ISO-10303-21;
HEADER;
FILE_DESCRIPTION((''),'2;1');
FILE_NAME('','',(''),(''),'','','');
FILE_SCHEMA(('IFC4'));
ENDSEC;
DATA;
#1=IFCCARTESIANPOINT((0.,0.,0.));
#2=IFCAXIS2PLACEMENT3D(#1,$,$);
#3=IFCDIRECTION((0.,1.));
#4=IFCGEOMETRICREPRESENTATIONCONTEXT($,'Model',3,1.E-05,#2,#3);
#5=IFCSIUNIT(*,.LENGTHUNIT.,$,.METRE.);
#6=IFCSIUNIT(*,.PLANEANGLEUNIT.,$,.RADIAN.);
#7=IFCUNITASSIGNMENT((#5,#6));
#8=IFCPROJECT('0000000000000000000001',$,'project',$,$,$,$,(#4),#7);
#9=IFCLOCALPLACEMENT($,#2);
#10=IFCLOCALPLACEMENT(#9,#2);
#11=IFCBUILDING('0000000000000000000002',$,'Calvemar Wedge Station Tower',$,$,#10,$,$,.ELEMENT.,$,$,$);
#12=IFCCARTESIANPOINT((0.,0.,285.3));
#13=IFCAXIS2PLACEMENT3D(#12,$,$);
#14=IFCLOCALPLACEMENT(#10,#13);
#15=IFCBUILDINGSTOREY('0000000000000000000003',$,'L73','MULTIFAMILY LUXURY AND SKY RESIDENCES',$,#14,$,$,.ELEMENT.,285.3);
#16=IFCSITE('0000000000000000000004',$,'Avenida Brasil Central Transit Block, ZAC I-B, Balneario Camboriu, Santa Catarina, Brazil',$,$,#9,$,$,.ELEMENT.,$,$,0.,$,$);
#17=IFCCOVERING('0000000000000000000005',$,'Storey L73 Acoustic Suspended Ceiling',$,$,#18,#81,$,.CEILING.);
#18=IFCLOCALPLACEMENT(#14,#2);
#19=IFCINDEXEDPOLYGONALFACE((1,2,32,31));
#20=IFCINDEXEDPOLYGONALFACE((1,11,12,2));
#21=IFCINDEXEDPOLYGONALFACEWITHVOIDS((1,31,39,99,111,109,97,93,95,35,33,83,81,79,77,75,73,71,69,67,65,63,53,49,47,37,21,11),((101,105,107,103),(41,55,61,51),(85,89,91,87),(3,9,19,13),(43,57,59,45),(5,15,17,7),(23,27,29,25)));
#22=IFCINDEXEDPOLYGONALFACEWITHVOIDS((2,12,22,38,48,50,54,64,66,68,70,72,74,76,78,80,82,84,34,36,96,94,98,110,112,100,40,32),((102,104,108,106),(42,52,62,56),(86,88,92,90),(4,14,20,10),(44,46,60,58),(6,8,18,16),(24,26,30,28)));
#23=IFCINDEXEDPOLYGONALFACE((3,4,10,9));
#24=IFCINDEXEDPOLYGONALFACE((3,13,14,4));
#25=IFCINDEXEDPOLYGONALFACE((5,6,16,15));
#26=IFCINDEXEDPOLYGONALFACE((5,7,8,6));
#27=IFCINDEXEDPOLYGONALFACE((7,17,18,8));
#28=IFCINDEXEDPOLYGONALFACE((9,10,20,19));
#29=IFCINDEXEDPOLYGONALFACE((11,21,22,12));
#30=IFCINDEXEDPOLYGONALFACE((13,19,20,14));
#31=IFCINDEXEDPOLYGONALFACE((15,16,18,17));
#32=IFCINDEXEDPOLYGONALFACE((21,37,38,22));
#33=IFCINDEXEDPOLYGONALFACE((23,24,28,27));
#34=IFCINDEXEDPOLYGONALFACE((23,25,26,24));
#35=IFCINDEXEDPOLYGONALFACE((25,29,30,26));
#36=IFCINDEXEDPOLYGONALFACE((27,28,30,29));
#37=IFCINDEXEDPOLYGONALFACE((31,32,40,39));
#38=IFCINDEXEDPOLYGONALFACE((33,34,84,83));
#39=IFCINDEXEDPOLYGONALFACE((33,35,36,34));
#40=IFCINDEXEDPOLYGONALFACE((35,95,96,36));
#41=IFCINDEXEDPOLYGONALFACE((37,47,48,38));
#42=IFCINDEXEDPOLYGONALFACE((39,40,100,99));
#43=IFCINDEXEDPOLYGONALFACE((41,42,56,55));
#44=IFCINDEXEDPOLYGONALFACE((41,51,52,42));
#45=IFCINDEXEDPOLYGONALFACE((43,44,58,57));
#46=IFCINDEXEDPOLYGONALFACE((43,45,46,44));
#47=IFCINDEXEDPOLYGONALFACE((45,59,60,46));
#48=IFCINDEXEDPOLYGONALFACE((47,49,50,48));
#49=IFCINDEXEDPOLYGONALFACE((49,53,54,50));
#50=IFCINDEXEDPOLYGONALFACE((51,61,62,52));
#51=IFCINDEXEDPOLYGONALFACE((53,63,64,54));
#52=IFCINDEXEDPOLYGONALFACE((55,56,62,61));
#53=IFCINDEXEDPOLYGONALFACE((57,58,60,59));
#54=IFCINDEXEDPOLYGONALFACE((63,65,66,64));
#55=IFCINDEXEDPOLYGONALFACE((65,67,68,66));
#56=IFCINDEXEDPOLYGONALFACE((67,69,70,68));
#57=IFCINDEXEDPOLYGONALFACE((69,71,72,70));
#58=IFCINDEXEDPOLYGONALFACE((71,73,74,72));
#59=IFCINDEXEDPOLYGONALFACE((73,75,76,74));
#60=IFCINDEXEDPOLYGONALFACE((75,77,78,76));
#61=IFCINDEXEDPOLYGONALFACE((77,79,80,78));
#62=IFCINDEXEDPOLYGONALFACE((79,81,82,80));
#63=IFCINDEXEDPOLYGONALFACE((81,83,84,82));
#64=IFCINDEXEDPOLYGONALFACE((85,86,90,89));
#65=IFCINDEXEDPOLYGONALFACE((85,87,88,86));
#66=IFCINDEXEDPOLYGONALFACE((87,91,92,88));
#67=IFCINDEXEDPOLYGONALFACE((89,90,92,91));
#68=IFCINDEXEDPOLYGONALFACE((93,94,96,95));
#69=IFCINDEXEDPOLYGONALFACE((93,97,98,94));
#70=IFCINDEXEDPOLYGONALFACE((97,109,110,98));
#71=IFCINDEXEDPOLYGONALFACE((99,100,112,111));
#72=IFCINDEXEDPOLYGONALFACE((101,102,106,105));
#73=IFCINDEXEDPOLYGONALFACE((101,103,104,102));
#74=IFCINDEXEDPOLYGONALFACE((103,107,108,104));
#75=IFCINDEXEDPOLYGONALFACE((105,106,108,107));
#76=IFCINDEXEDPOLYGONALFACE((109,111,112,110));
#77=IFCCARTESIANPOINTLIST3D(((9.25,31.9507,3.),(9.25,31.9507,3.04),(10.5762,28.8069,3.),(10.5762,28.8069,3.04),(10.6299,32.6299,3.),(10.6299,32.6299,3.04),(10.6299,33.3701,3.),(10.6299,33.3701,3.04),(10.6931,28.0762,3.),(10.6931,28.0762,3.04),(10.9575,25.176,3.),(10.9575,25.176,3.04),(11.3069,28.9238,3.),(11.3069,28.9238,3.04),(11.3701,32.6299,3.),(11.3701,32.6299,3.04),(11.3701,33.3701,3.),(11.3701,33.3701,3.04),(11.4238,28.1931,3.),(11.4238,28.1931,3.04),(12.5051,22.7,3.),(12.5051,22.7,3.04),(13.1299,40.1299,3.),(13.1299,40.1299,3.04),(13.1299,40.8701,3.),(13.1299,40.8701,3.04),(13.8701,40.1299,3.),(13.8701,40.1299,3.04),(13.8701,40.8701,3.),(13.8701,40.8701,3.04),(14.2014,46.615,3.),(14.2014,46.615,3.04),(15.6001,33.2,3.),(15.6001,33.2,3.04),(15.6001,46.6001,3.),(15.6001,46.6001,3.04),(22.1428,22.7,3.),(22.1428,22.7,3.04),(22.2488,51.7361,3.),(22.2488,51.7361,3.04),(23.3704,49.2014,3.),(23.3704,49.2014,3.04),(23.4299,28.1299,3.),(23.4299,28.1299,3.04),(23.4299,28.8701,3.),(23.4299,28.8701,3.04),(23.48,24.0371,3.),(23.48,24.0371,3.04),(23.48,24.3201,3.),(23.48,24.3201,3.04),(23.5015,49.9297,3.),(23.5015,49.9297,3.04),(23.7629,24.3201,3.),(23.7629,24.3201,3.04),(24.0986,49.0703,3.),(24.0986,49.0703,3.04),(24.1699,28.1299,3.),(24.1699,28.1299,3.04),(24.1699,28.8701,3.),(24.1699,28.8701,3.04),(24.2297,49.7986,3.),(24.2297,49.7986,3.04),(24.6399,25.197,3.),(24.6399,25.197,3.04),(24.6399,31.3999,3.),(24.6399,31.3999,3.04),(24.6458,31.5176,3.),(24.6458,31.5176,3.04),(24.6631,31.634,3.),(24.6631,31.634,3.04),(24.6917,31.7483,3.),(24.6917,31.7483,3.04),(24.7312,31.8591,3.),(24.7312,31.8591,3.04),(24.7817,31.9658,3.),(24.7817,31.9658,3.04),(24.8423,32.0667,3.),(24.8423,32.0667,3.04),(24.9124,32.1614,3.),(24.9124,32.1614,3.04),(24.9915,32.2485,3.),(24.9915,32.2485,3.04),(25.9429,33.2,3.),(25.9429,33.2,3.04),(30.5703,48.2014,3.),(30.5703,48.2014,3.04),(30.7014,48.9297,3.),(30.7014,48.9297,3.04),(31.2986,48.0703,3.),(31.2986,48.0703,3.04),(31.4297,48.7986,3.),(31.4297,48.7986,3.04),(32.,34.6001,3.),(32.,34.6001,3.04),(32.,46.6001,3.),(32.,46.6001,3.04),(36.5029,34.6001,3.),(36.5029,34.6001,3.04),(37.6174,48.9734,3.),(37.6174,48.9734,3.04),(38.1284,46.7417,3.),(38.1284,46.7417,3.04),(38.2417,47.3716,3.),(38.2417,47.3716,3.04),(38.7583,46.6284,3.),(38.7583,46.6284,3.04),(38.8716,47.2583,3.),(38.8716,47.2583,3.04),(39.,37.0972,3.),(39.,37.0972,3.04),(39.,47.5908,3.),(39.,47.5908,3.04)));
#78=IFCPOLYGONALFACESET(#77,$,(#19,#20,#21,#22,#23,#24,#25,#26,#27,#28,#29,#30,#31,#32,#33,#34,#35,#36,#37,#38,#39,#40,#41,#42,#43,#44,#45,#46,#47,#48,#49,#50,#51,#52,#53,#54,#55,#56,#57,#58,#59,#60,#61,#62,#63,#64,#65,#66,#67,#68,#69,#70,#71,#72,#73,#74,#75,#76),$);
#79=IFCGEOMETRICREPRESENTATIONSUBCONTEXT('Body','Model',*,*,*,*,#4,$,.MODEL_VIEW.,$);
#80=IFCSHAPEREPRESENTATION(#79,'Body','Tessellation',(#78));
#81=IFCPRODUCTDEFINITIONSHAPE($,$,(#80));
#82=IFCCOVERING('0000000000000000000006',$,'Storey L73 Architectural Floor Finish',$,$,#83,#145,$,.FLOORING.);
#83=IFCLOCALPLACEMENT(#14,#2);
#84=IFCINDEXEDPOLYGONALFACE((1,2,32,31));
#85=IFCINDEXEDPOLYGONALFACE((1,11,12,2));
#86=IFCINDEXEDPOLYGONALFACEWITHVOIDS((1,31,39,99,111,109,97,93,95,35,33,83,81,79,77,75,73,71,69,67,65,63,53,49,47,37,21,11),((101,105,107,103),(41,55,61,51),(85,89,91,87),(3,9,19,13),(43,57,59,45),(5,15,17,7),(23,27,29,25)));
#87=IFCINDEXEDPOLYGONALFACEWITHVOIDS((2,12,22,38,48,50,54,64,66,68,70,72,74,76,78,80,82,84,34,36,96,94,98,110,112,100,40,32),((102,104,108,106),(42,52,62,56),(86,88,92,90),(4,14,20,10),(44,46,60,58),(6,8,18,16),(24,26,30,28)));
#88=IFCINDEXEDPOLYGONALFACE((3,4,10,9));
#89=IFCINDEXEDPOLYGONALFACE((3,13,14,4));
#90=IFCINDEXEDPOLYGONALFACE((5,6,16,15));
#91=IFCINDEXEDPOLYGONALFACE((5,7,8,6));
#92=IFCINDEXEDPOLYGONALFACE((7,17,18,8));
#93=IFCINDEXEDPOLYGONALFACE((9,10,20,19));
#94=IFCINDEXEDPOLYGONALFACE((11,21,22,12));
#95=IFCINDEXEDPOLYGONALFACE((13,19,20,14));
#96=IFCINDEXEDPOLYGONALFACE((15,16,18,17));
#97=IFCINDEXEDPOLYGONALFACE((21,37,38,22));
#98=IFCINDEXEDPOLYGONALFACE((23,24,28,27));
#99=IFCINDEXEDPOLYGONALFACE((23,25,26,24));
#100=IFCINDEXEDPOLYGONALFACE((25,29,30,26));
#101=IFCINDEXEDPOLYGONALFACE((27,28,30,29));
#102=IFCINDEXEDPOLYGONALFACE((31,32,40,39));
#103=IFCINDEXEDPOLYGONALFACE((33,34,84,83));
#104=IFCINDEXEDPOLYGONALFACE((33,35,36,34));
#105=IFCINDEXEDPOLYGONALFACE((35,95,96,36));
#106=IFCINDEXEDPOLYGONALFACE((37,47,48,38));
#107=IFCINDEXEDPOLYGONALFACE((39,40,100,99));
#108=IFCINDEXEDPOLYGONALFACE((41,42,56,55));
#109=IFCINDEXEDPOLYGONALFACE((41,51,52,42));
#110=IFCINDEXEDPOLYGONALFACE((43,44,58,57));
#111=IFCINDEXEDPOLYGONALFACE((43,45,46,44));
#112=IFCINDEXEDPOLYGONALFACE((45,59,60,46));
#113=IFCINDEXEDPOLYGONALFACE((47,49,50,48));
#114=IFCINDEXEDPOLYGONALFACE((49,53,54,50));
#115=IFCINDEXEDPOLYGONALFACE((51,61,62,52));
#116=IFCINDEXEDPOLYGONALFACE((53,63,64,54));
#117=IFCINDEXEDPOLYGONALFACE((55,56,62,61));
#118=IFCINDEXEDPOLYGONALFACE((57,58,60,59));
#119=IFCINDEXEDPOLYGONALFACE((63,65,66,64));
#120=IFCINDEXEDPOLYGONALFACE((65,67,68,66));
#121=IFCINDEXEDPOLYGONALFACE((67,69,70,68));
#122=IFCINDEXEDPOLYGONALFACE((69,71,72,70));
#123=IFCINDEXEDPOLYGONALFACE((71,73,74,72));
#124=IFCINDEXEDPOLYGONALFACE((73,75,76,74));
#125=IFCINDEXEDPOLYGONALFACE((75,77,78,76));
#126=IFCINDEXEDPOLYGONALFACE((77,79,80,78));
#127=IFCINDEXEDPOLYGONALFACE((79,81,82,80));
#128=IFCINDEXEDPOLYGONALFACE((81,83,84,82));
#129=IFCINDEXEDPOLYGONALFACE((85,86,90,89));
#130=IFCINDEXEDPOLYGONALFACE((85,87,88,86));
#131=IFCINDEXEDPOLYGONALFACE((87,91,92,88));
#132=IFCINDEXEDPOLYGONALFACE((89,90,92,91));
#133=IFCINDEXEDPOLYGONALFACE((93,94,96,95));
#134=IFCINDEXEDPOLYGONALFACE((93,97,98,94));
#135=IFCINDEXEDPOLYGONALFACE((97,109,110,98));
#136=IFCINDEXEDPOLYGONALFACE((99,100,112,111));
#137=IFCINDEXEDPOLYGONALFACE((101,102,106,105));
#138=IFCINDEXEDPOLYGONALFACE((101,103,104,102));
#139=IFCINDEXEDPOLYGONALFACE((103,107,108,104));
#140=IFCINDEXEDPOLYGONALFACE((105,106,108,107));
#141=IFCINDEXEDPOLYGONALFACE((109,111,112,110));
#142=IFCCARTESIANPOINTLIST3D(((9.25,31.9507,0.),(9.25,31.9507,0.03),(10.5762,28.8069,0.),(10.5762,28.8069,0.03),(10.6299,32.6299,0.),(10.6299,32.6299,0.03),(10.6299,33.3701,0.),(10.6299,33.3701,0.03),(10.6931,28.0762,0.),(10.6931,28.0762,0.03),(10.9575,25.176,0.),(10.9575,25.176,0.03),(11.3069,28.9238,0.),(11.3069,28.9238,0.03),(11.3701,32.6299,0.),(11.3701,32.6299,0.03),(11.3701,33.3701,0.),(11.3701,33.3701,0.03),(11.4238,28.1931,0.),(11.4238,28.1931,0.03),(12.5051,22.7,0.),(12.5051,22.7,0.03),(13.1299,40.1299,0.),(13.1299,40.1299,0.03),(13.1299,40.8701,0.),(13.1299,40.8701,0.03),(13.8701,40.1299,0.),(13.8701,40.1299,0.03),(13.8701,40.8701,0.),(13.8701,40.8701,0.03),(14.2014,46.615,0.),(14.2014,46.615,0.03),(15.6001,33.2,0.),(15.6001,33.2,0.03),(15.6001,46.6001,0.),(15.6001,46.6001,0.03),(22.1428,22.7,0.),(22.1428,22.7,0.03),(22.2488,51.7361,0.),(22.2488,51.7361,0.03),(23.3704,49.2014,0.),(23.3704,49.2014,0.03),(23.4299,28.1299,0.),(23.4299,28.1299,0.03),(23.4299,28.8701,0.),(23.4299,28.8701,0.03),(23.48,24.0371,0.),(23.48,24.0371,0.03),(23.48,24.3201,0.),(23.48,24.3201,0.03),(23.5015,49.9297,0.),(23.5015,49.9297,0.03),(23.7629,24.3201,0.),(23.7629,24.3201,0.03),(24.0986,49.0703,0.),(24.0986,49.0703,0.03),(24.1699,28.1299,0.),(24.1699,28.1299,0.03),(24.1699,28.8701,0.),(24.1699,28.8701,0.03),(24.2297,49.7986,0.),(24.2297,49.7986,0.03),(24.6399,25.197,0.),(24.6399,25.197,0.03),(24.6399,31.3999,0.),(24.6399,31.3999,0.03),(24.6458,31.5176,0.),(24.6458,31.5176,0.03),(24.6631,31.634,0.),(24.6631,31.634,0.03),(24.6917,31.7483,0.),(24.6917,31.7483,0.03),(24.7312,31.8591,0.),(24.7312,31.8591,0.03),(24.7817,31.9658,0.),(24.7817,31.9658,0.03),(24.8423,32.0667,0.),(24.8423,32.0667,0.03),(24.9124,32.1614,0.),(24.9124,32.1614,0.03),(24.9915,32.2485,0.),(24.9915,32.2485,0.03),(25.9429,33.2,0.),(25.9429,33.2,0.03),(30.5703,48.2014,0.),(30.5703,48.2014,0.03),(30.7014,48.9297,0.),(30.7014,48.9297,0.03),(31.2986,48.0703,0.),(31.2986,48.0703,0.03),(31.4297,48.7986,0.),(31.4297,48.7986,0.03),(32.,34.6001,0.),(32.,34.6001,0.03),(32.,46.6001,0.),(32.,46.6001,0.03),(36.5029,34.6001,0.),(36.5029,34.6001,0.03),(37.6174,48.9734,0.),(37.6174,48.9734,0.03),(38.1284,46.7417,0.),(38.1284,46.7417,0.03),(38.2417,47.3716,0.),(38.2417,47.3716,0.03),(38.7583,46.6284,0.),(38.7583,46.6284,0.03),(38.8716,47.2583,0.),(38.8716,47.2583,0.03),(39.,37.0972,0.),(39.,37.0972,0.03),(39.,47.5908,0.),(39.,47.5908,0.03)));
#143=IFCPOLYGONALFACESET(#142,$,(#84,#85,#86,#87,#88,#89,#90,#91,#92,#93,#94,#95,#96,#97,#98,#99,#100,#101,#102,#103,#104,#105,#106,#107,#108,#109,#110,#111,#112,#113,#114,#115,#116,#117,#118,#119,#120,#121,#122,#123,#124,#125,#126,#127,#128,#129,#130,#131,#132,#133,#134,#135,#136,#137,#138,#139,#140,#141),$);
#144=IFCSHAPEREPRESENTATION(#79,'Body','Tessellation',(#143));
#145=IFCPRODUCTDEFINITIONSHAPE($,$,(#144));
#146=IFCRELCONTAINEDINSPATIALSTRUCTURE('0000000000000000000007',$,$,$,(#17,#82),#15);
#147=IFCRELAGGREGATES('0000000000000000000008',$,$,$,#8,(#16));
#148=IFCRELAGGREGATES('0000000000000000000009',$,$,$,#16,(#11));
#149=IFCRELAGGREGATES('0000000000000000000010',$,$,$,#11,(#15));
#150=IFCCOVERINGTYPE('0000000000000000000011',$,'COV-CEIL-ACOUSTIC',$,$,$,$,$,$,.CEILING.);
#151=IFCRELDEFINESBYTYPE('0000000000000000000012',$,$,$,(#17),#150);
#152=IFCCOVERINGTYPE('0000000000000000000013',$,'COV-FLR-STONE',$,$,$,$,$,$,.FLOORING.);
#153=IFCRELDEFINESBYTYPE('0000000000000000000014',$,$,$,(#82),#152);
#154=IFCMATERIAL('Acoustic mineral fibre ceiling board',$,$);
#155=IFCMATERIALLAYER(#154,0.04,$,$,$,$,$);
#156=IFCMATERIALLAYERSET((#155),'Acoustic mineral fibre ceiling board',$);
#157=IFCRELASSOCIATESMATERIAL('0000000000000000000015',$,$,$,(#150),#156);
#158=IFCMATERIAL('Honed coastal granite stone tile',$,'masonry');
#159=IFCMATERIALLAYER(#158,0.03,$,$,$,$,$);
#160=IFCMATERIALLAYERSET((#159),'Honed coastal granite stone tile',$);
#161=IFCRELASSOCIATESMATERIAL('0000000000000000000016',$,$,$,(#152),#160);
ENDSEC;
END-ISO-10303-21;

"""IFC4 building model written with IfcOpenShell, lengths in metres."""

from ifc_helpers import new_model, si_unit, direction, frame, origin, place, context, subcontext, project, spatial, polyline, outline, extrude, material, layer, layer_set, type_object, element, save


model = new_model("IFC4")

# Units and contexts
model_context = context("Model", 3, precision=1e-05, world=origin(), true_north=direction((0.0, 1.0)))
body_context = subcontext(model_context, "Body", "Model", "MODEL_VIEW")
ifc_project = project(units=[si_unit("LENGTHUNIT", "METRE"), si_unit("PLANEANGLEUNIT", "RADIAN")], contexts=[model_context])

# Site, building, storey
site_placement = place(None, origin())
site = spatial("IfcSite", under=ifc_project, at=site_placement, Name="Avenida Brasil Central Transit Block, ZAC I-B, Balneario Camboriu, Santa Catarina, Brazil", CompositionType="ELEMENT", RefElevation=0.0)
building_placement = place(site_placement, origin())
building = spatial("IfcBuilding", under=site, at=building_placement, Name="Calvemar Wedge Station Tower", CompositionType="ELEMENT")
storey_placement = place(building_placement, frame((0.0, 0.0, 285.3)))
storey = spatial("IfcBuildingStorey", under=building, at=storey_placement, Name="L73", Description="MULTIFAMILY LUXURY AND SKY RESIDENCES", CompositionType="ELEMENT", Elevation=285.3)

# Coverings
ifc_material_1 = material(Name="Acoustic mineral fibre ceiling board")
ifc_layer_1 = layer(ifc_material_1, 0.04)
ifc_layer_set_1 = layer_set([ifc_layer_1], Name="Acoustic mineral fibre ceiling board")
covering_type_1 = type_object("IfcCoveringType", Name="COV-CEIL-ACOUSTIC", PredefinedType="CEILING", material=ifc_layer_set_1)
covering_1_placement = place(storey_placement, frame((0.0, 0.0, 3.0)))
element("IfcCovering", 1, at=covering_1_placement, inside=storey, type_object=covering_type_1, Name="Storey L73 Acoustic Suspended Ceiling", PredefinedType="CEILING", context=body_context, shape_type="SweptSolid", body=[
    extrude(outline(polyline([(32.0, 46.6001), (32.0, 34.6001), (36.5029, 34.6001), (39.0, 37.0972), (39.0, 47.5908), (37.6174, 48.9734), (22.2488, 51.7361), (14.2014, 46.615), (9.25, 31.9507), (10.9575, 25.176), (12.5051, 22.7), (22.1428, 22.7), (23.48, 24.0371), (23.48, 24.3201), (23.7629, 24.3201), (24.6399, 25.197), (24.6399, 31.3999), (24.6458, 31.5176), (24.6631, 31.634), (24.6917, 31.7483), (24.7312, 31.8591), (24.7817, 31.9658), (24.8423, 32.0667), (24.9124, 32.1614), (24.9915, 32.2485), (25.9429, 33.2), (15.6001, 33.2), (15.6001, 46.6001), (32.0, 46.6001)]), holes=[polyline([(10.6299, 32.6299), (10.6299, 33.3701), (11.3701, 33.3701), (11.3701, 32.6299), (10.6299, 32.6299)]), polyline([(13.1299, 40.8701), (13.8701, 40.8701), (13.8701, 40.1299), (13.1299, 40.1299), (13.1299, 40.8701)]), polyline([(24.2297, 49.7986), (24.0986, 49.0703), (23.3704, 49.2014), (23.5015, 49.9297), (24.2297, 49.7986)]), polyline([(31.2986, 48.0703), (30.5703, 48.2014), (30.7014, 48.9297), (31.4297, 48.7986), (31.2986, 48.0703)]), polyline([(38.1284, 46.7417), (38.2417, 47.3716), (38.8716, 47.2583), (38.7583, 46.6284), (38.1284, 46.7417)]), polyline([(11.3069, 28.9238), (11.4238, 28.1931), (10.6931, 28.0762), (10.5762, 28.8069), (11.3069, 28.9238)]), polyline([(24.1699, 28.8701), (24.1699, 28.1299), (23.4299, 28.1299), (23.4299, 28.8701), (24.1699, 28.8701)])]), origin(), (0.0, 0.0, 1.0), 0.04),
])
ifc_material_2 = material(Name="Honed coastal granite stone tile", Category="masonry")
ifc_layer_2 = layer(ifc_material_2, 0.03)
ifc_layer_set_2 = layer_set([ifc_layer_2], Name="Honed coastal granite stone tile")
covering_type_2 = type_object("IfcCoveringType", Name="COV-FLR-STONE", PredefinedType="FLOORING", material=ifc_layer_set_2)
covering_2_placement = place(storey_placement, origin())
element("IfcCovering", 2, at=covering_2_placement, inside=storey, type_object=covering_type_2, Name="Storey L73 Architectural Floor Finish", PredefinedType="FLOORING", context=body_context, shape_type="SweptSolid", body=[
    extrude(outline(polyline([(32.0, 46.6001), (32.0, 34.6001), (36.5029, 34.6001), (39.0, 37.0972), (39.0, 47.5908), (37.6174, 48.9734), (22.2488, 51.7361), (14.2014, 46.615), (9.25, 31.9507), (10.9575, 25.176), (12.5051, 22.7), (22.1428, 22.7), (23.48, 24.0371), (23.48, 24.3201), (23.7629, 24.3201), (24.6399, 25.197), (24.6399, 31.3999), (24.6458, 31.5176), (24.6631, 31.634), (24.6917, 31.7483), (24.7312, 31.8591), (24.7817, 31.9658), (24.8423, 32.0667), (24.9124, 32.1614), (24.9915, 32.2485), (25.9429, 33.2), (15.6001, 33.2), (15.6001, 46.6001), (32.0, 46.6001)]), holes=[polyline([(10.6299, 32.6299), (10.6299, 33.3701), (11.3701, 33.3701), (11.3701, 32.6299), (10.6299, 32.6299)]), polyline([(13.1299, 40.8701), (13.8701, 40.8701), (13.8701, 40.1299), (13.1299, 40.1299), (13.1299, 40.8701)]), polyline([(24.2297, 49.7986), (24.0986, 49.0703), (23.3704, 49.2014), (23.5015, 49.9297), (24.2297, 49.7986)]), polyline([(31.2986, 48.0703), (30.5703, 48.2014), (30.7014, 48.9297), (31.4297, 48.7986), (31.2986, 48.0703)]), polyline([(38.1284, 46.7417), (38.2417, 47.3716), (38.8716, 47.2583), (38.7583, 46.6284), (38.1284, 46.7417)]), polyline([(11.3069, 28.9238), (11.4238, 28.1931), (10.6931, 28.0762), (10.5762, 28.8069), (11.3069, 28.9238)]), polyline([(24.1699, 28.8701), (24.1699, 28.1299), (23.4299, 28.1299), (23.4299, 28.8701), (24.1699, 28.8701)])]), origin(), (0.0, 0.0, 1.0), 0.03),
])

save(model, "model.ifc")
